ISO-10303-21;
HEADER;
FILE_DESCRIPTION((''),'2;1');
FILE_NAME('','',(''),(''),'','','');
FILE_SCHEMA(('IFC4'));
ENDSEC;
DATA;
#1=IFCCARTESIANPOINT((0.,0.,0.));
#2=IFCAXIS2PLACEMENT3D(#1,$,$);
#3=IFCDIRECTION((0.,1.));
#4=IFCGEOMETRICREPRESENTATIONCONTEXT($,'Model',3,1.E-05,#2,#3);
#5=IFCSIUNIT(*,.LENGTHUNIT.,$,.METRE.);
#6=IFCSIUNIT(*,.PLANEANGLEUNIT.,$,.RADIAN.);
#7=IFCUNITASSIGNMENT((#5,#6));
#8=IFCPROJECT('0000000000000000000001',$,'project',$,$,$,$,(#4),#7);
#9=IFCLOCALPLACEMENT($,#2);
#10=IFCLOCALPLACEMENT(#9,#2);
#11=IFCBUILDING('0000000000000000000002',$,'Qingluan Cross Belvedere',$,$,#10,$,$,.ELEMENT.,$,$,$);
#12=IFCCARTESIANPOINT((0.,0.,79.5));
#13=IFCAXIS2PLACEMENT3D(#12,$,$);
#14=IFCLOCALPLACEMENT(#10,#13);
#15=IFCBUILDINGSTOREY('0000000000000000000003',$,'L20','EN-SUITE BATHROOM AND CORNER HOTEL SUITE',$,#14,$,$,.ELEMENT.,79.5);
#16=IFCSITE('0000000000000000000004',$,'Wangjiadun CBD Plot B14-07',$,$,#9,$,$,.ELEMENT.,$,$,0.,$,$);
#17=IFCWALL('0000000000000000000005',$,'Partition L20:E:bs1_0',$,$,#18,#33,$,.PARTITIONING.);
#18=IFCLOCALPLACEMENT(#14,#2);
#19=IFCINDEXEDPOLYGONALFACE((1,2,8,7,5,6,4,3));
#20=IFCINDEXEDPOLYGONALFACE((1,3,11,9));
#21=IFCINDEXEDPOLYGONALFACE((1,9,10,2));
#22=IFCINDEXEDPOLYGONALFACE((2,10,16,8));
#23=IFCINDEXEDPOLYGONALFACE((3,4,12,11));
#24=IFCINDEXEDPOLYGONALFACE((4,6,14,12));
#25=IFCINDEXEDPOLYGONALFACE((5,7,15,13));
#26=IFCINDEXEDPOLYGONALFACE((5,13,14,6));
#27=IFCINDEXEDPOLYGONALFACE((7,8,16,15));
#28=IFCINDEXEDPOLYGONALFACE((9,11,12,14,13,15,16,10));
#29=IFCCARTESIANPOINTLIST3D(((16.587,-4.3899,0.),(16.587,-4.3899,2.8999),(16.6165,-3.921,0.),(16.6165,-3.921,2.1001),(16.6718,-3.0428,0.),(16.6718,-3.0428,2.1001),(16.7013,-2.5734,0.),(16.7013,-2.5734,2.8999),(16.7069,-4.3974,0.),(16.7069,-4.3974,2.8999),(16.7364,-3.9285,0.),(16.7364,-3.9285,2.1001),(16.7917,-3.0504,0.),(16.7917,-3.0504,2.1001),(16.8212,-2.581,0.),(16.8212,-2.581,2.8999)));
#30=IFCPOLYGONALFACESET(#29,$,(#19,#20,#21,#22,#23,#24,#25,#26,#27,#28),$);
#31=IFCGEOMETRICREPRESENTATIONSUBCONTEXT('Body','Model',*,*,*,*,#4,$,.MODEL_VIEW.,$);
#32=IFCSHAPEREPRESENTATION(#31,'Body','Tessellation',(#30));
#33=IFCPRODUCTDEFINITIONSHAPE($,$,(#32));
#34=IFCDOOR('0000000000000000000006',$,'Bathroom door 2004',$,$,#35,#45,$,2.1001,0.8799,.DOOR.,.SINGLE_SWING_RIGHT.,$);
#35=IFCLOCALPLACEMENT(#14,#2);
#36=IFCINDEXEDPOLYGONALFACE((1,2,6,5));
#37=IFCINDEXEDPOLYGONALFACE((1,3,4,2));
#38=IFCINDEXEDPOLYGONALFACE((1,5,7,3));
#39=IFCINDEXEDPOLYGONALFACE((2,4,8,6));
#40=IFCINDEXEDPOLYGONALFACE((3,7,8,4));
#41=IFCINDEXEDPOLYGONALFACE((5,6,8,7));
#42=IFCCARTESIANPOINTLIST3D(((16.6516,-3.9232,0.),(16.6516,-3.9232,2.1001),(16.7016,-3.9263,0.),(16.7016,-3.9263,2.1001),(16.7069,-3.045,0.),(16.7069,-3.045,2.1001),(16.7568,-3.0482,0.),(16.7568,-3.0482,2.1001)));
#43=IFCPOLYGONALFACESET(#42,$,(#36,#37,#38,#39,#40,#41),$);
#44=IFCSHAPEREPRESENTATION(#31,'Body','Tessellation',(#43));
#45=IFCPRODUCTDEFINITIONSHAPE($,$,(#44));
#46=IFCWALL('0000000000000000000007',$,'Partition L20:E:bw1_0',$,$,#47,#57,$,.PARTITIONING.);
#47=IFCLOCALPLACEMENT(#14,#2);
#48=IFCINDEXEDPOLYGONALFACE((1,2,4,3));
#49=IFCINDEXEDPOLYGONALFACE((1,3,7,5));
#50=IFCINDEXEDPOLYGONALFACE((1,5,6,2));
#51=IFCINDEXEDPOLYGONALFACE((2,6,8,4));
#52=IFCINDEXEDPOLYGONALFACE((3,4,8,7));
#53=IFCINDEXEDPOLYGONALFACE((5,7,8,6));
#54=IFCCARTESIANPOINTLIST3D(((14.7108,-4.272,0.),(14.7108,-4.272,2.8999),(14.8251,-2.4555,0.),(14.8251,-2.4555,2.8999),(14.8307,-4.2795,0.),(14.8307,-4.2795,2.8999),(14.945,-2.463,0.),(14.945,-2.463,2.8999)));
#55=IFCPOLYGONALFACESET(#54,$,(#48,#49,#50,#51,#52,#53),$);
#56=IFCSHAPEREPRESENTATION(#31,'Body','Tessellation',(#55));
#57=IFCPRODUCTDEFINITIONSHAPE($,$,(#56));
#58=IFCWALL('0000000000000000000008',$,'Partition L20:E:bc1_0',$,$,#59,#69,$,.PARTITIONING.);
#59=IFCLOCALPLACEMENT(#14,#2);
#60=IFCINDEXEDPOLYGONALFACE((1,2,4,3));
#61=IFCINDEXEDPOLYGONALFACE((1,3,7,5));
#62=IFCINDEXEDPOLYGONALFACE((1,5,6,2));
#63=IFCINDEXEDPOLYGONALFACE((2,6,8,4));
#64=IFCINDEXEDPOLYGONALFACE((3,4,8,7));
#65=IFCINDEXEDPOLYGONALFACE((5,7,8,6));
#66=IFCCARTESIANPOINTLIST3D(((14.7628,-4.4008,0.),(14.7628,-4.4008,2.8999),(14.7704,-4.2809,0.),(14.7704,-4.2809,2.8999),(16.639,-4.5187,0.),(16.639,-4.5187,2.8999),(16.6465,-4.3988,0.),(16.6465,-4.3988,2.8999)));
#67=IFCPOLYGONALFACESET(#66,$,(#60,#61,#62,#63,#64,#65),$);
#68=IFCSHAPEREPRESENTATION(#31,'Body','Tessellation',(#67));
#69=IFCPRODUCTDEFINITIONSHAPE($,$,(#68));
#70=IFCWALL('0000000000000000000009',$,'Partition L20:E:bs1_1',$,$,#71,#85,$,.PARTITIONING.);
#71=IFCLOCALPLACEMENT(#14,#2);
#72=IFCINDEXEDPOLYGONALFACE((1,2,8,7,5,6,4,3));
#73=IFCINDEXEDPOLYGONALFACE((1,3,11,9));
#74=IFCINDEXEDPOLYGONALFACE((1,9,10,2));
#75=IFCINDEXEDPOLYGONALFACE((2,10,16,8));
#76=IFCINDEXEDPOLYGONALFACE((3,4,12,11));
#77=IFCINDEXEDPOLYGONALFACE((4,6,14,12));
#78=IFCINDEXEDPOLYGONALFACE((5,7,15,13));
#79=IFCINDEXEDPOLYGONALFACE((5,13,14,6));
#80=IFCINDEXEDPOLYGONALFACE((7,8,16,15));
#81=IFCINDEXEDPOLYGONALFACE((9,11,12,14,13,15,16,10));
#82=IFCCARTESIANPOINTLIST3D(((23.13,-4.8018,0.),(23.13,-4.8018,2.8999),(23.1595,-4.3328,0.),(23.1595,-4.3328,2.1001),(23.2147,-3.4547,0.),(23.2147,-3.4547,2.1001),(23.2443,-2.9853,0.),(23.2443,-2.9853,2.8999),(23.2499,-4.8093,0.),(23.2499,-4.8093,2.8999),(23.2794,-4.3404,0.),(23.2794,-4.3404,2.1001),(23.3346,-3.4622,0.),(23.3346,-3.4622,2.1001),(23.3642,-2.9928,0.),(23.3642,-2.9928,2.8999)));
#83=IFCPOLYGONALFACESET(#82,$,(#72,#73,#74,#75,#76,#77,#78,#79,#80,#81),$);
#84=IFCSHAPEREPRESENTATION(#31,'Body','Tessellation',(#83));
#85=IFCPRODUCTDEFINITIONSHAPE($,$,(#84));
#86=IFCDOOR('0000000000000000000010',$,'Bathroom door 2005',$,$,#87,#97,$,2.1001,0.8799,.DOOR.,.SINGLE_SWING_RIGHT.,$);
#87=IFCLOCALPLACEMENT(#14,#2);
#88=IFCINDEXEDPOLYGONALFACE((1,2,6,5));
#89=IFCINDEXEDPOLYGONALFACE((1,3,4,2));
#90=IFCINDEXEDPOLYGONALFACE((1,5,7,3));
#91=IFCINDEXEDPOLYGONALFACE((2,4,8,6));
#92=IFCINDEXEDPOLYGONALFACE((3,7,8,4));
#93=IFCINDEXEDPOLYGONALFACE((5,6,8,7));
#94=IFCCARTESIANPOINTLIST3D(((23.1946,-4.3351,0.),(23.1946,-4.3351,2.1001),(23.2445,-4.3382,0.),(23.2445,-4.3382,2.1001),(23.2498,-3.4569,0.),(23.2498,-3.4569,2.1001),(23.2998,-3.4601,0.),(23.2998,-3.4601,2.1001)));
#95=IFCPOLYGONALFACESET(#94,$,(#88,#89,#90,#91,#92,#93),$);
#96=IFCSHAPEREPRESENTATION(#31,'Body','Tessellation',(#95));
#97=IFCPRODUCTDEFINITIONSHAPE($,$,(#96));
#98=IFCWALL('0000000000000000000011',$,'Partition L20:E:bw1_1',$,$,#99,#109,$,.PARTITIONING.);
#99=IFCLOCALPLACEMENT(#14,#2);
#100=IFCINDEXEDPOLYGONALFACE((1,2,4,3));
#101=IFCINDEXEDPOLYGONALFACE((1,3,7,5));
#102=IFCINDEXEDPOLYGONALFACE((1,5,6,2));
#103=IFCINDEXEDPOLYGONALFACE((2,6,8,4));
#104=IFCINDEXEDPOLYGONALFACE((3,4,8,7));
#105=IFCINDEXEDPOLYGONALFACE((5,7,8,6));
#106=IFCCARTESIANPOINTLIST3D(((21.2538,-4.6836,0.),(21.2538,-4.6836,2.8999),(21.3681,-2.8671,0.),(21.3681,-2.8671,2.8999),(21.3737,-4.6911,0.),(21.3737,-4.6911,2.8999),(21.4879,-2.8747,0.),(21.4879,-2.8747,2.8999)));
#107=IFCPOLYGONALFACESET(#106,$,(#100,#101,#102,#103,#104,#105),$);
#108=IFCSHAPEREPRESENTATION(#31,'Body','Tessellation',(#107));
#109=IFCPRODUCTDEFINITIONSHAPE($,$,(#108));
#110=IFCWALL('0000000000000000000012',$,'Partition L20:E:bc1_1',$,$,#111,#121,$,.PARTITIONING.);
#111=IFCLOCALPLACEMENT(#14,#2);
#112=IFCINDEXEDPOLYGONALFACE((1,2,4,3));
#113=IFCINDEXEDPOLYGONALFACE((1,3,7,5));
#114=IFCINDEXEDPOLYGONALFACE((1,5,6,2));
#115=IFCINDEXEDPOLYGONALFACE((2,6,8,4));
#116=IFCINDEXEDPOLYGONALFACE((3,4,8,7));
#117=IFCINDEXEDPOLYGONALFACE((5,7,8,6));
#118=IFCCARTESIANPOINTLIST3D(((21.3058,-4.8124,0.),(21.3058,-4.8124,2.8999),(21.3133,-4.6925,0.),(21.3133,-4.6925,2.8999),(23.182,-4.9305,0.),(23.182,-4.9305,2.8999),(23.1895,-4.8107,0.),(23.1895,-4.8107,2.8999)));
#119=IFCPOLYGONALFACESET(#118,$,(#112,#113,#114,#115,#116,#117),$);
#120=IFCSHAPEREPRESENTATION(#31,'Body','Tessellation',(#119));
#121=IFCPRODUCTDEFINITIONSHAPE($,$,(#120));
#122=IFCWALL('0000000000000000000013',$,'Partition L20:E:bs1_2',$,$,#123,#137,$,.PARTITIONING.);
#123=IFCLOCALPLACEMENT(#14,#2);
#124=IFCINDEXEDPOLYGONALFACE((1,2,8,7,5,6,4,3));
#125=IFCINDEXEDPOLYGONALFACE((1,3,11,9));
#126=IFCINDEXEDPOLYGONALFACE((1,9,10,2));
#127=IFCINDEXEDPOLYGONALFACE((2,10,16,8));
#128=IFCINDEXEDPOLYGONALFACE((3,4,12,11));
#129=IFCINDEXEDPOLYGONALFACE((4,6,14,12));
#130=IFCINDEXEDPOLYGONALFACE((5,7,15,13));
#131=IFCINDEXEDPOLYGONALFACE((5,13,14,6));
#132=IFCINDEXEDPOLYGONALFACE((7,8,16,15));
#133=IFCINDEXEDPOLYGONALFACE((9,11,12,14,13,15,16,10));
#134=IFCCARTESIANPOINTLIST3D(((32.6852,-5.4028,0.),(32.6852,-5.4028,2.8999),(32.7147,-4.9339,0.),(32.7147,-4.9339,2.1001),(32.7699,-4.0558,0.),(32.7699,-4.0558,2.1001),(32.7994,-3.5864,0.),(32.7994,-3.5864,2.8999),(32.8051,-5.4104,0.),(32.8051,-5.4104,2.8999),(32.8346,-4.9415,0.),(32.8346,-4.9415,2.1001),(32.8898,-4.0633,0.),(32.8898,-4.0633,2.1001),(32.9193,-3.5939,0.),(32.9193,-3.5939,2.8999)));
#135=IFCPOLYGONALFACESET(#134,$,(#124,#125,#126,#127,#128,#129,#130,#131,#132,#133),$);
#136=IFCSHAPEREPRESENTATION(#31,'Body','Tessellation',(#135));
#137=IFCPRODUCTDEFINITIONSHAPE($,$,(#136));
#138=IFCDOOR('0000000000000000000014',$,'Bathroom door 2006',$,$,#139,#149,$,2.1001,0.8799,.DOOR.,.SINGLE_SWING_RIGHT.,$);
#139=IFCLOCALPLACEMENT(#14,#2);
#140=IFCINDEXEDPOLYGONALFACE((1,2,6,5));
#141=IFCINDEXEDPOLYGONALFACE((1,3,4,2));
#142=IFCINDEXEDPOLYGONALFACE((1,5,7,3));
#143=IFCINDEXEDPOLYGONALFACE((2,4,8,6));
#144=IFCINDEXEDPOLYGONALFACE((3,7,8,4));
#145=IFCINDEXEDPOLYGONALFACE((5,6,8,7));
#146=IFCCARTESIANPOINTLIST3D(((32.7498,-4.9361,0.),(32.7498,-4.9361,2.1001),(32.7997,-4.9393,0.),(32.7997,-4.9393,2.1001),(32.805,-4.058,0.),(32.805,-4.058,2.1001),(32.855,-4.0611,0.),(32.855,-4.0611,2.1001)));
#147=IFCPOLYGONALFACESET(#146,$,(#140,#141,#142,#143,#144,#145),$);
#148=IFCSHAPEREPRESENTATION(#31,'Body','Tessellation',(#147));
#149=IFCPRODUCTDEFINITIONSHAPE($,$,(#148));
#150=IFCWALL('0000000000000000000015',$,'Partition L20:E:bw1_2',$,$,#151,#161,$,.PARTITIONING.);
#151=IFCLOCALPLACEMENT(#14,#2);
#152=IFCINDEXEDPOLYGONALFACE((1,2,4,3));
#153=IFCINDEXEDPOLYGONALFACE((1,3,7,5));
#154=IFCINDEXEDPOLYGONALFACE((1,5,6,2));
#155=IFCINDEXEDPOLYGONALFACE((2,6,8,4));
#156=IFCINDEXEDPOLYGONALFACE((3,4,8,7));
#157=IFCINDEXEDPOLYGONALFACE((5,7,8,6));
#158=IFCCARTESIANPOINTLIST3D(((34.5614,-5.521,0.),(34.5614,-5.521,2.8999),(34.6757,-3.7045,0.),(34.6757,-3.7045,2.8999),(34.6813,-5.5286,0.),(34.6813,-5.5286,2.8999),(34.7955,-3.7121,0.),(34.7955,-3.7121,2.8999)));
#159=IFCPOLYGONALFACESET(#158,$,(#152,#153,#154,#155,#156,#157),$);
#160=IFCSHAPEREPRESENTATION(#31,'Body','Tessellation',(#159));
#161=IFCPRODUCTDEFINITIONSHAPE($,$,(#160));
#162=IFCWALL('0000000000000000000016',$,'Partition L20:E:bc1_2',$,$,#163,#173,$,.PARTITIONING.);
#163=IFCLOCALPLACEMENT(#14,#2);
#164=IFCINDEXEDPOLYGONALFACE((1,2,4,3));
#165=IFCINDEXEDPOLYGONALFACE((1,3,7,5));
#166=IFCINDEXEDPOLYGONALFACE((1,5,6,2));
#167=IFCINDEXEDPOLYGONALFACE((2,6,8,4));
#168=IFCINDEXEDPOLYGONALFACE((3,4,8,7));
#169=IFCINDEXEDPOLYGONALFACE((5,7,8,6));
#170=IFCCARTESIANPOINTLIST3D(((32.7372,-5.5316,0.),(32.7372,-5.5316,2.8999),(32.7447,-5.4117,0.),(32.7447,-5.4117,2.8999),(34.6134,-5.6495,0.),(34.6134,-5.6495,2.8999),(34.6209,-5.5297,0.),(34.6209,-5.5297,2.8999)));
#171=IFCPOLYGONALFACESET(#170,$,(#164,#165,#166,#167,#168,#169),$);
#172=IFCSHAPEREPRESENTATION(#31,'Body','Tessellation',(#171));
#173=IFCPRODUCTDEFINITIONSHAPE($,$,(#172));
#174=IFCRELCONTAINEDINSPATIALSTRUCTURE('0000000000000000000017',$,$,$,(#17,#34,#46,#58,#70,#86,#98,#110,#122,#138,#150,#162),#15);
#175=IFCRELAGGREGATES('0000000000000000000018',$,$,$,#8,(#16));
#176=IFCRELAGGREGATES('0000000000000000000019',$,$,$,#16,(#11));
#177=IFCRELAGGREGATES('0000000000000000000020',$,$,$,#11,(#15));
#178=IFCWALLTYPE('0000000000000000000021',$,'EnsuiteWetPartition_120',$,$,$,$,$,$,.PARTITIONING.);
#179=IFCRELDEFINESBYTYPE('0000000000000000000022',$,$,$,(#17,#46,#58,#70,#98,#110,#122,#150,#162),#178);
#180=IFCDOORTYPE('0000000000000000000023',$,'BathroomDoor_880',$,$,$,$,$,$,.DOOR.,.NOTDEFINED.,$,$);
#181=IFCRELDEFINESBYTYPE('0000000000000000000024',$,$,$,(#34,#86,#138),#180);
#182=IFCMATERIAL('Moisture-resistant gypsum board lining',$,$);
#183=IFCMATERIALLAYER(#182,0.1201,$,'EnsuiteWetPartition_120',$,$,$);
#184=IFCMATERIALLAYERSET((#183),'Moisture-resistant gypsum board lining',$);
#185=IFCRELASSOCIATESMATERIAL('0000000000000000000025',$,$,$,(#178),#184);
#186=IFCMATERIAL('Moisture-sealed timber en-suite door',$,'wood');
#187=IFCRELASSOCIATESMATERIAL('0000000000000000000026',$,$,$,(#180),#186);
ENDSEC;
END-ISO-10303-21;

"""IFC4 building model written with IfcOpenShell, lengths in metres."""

from ifc_helpers import new_model, si_unit, direction, frame, frame_2d, origin, place, context, subcontext, project, spatial, rectangle, extrude, material, layer, layer_set, type_object, element, fill, save


model = new_model("IFC4")

# Units and contexts
model_context = context("Model", 3, precision=1e-05, world=origin(), true_north=direction((0.0, 1.0)))
body_context = subcontext(model_context, "Body", "Model", "MODEL_VIEW")
ifc_project = project(units=[si_unit("LENGTHUNIT", "METRE"), si_unit("PLANEANGLEUNIT", "RADIAN")], contexts=[model_context])

# Site, building, storey
site_placement = place(None, origin())
site = spatial("IfcSite", under=ifc_project, at=site_placement, Name="Wangjiadun CBD Plot B14-07", CompositionType="ELEMENT", RefElevation=0.0)
building_placement = place(site_placement, origin())
building = spatial("IfcBuilding", under=site, at=building_placement, Name="Qingluan Cross Belvedere", CompositionType="ELEMENT")
storey_placement = place(building_placement, frame((0.0, 0.0, 79.5)))
storey = spatial("IfcBuildingStorey", under=building, at=storey_placement, Name="L20", Description="EN-SUITE BATHROOM AND CORNER HOTEL SUITE", CompositionType="ELEMENT", Elevation=79.5)

# Wall, opening, door
ifc_material_1 = material(Name="Moisture-resistant gypsum board lining")
ifc_layer_1 = layer(ifc_material_1, 0.1201, Name="EnsuiteWetPartition_120")
ifc_layer_set_1 = layer_set([ifc_layer_1], Name="Moisture-resistant gypsum board lining")
wall_type_1 = type_object("IfcWallType", Name="EnsuiteWetPartition_120", PredefinedType="PARTITIONING", material=ifc_layer_set_1)
wall_1_placement = place(storey_placement, frame((16.647, -4.3938, 0.0), z_axis=(0.0, 0.0, 1.0), x_axis=(0.062779, 0.998027, 0.0)))
wall_1 = element("IfcWall", 1, at=wall_1_placement, inside=storey, type_object=wall_type_1, Name="Partition L20:E:bs1_0", PredefinedType="PARTITIONING", context=body_context, shape_type="SweptSolid", body=[
    extrude(rectangle(XDim=1.8201, YDim=0.1201, at=frame_2d((0.9102, 0.0))), origin(), (0.0, 0.0, 1.0), 2.8999),
])
opening_1_placement = place(wall_1_placement, frame((0.47, 0.0, 0.0)))
opening_1 = element("IfcOpeningElement", 2, at=opening_1_placement, cuts=wall_1, PredefinedType="OPENING", context=body_context, shape_type="SweptSolid", body=[
    extrude(rectangle(XDim=0.8799, YDim=2.1001, at=frame_2d((0.4399, 1.05))), frame((0.0, 0.0701, 0.0), z_axis=(0.0, -1.0, 0.0), x_axis=(1.0, 0.0, 0.0)), (0.0, 0.0, 1.0), 0.1401),
])
ifc_material_2 = material(Name="Moisture-sealed timber en-suite door", Category="wood")
door_type = type_object("IfcDoorType", Name="BathroomDoor_880", OperationType="NOTDEFINED", PredefinedType="DOOR", material=ifc_material_2)
door_1_placement = place(opening_1_placement, origin())
door_1 = element("IfcDoor", 3, at=door_1_placement, inside=storey, type_object=door_type, Name="Bathroom door 2004", OperationType="SINGLE_SWING_RIGHT", OverallHeight=2.1001, OverallWidth=0.8799, PredefinedType="DOOR", context=body_context, shape_type="SweptSolid", body=[
    extrude(rectangle(XDim=0.8799, YDim=2.1001, at=frame_2d((0.4399, 1.05))), frame((0.0, 0.0249, 0.0), z_axis=(0.0, -1.0, 0.0), x_axis=(1.0, 0.0, 0.0)), (0.0, 0.0, 1.0), 0.05),
])
fill(opening_1, door_1)

# Walls
wall_2_placement = place(storey_placement, frame((14.7708, -4.2759, 0.0), z_axis=(0.0, 0.0, 1.0), x_axis=(0.062779, 0.998027, 0.0)))
element("IfcWall", 4, at=wall_2_placement, inside=storey, type_object=wall_type_1, Name="Partition L20:E:bw1_0", PredefinedType="PARTITIONING", context=body_context, shape_type="SweptSolid", body=[
    extrude(rectangle(XDim=1.8201, YDim=0.1201, at=frame_2d((0.9102, 0.0))), origin(), (0.0, 0.0, 1.0), 2.8999),
])
wall_3_placement = place(storey_placement, frame((14.7666, -4.3408, 0.0), z_axis=(0.0, 0.0, 1.0), x_axis=(0.998031, -0.062726, 0.0)))
element("IfcWall", 5, at=wall_3_placement, inside=storey, type_object=wall_type_1, Name="Partition L20:E:bc1_0", PredefinedType="PARTITIONING", context=body_context, shape_type="SweptSolid", body=[
    extrude(rectangle(XDim=1.8799, YDim=0.1201, at=frame_2d((0.9399, 0.0))), origin(), (0.0, 0.0, 1.0), 2.8999),
])

# Wall, opening, door
wall_4_placement = place(storey_placement, frame((23.1899, -4.8057, 0.0), z_axis=(0.0, 0.0, 1.0), x_axis=(0.062779, 0.998027, 0.0)))
wall_4 = element("IfcWall", 6, at=wall_4_placement, inside=storey, type_object=wall_type_1, Name="Partition L20:E:bs1_1", PredefinedType="PARTITIONING", context=body_context, shape_type="SweptSolid", body=[
    extrude(rectangle(XDim=1.8201, YDim=0.1201, at=frame_2d((0.9102, 0.0))), origin(), (0.0, 0.0, 1.0), 2.8999),
])
opening_2_placement = place(wall_4_placement, frame((0.47, 0.0, 0.0)))
opening_2 = element("IfcOpeningElement", 7, at=opening_2_placement, cuts=wall_4, PredefinedType="OPENING", context=body_context, shape_type="SweptSolid", body=[
    extrude(rectangle(XDim=0.8799, YDim=2.1001, at=frame_2d((0.4399, 1.05))), frame((0.0, 0.0701, 0.0), z_axis=(0.0, -1.0, 0.0), x_axis=(1.0, 0.0, 0.0)), (0.0, 0.0, 1.0), 0.1401),
])
door_2_placement = place(opening_2_placement, origin())
door_2 = element("IfcDoor", 8, at=door_2_placement, inside=storey, type_object=door_type, Name="Bathroom door 2005", OperationType="SINGLE_SWING_RIGHT", OverallHeight=2.1001, OverallWidth=0.8799, PredefinedType="DOOR", context=body_context, shape_type="SweptSolid", body=[
    extrude(rectangle(XDim=0.8799, YDim=2.1001, at=frame_2d((0.4399, 1.05))), frame((0.0, 0.0249, 0.0), z_axis=(0.0, -1.0, 0.0), x_axis=(1.0, 0.0, 0.0)), (0.0, 0.0, 1.0), 0.05),
])
fill(opening_2, door_2)

# Walls
wall_5_placement = place(storey_placement, frame((21.3137, -4.6875, 0.0), z_axis=(0.0, 0.0, 1.0), x_axis=(0.062779, 0.998027, 0.0)))
element("IfcWall", 9, at=wall_5_placement, inside=storey, type_object=wall_type_1, Name="Partition L20:E:bw1_1", PredefinedType="PARTITIONING", context=body_context, shape_type="SweptSolid", body=[
    extrude(rectangle(XDim=1.8201, YDim=0.1201, at=frame_2d((0.9102, 0.0))), origin(), (0.0, 0.0, 1.0), 2.8999),
])
wall_6_placement = place(storey_placement, frame((21.3096, -4.7524, 0.0), z_axis=(0.0, 0.0, 1.0), x_axis=(0.998023, -0.062855, 0.0)))
element("IfcWall", 10, at=wall_6_placement, inside=storey, type_object=wall_type_1, Name="Partition L20:E:bc1_1", PredefinedType="PARTITIONING", context=body_context, shape_type="SweptSolid", body=[
    extrude(rectangle(XDim=1.8799, YDim=0.1201, at=frame_2d((0.9399, 0.0))), origin(), (0.0, 0.0, 1.0), 2.8999),
])

# Wall, opening, door
wall_7_placement = place(storey_placement, frame((32.7451, -5.4067, 0.0), z_axis=(0.0, 0.0, 1.0), x_axis=(0.062779, 0.998027, 0.0)))
wall_7 = element("IfcWall", 11, at=wall_7_placement, inside=storey, type_object=wall_type_1, Name="Partition L20:E:bs1_2", PredefinedType="PARTITIONING", context=body_context, shape_type="SweptSolid", body=[
    extrude(rectangle(XDim=1.8201, YDim=0.1201, at=frame_2d((0.9102, 0.0))), origin(), (0.0, 0.0, 1.0), 2.8999),
])
opening_3_placement = place(wall_7_placement, frame((0.47, 0.0, 0.0)))
opening_3 = element("IfcOpeningElement", 12, at=opening_3_placement, cuts=wall_7, PredefinedType="OPENING", context=body_context, shape_type="SweptSolid", body=[
    extrude(rectangle(XDim=0.8799, YDim=2.1001, at=frame_2d((0.4399, 1.05))), frame((0.0, 0.0701, 0.0), z_axis=(0.0, -1.0, 0.0), x_axis=(1.0, 0.0, 0.0)), (0.0, 0.0, 1.0), 0.1401),
])
door_3_placement = place(opening_3_placement, origin())
door_3 = element("IfcDoor", 13, at=door_3_placement, inside=storey, type_object=door_type, Name="Bathroom door 2006", OperationType="SINGLE_SWING_RIGHT", OverallHeight=2.1001, OverallWidth=0.8799, PredefinedType="DOOR", context=body_context, shape_type="SweptSolid", body=[
    extrude(rectangle(XDim=0.8799, YDim=2.1001, at=frame_2d((0.4399, 1.05))), frame((0.0, 0.0249, 0.0), z_axis=(0.0, -1.0, 0.0), x_axis=(1.0, 0.0, 0.0)), (0.0, 0.0, 1.0), 0.05),
])
fill(opening_3, door_3)

# Walls
wall_8_placement = place(storey_placement, frame((34.6213, -5.5249, 0.0), z_axis=(0.0, 0.0, 1.0), x_axis=(0.062779, 0.998027, 0.0)))
element("IfcWall", 14, at=wall_8_placement, inside=storey, type_object=wall_type_1, Name="Partition L20:E:bw1_2", PredefinedType="PARTITIONING", context=body_context, shape_type="SweptSolid", body=[
    extrude(rectangle(XDim=1.8201, YDim=0.1201, at=frame_2d((0.9102, 0.0))), origin(), (0.0, 0.0, 1.0), 2.8999),
])
wall_9_placement = place(storey_placement, frame((32.741, -5.4717, 0.0), z_axis=(0.0, 0.0, 1.0), x_axis=(0.998031, -0.062726, 0.0)))
element("IfcWall", 15, at=wall_9_placement, inside=storey, type_object=wall_type_1, Name="Partition L20:E:bc1_2", PredefinedType="PARTITIONING", context=body_context, shape_type="SweptSolid", body=[
    extrude(rectangle(XDim=1.8799, YDim=0.1201, at=frame_2d((0.9399, 0.0))), origin(), (0.0, 0.0, 1.0), 2.8999),
])

save(model, "model.ifc")
